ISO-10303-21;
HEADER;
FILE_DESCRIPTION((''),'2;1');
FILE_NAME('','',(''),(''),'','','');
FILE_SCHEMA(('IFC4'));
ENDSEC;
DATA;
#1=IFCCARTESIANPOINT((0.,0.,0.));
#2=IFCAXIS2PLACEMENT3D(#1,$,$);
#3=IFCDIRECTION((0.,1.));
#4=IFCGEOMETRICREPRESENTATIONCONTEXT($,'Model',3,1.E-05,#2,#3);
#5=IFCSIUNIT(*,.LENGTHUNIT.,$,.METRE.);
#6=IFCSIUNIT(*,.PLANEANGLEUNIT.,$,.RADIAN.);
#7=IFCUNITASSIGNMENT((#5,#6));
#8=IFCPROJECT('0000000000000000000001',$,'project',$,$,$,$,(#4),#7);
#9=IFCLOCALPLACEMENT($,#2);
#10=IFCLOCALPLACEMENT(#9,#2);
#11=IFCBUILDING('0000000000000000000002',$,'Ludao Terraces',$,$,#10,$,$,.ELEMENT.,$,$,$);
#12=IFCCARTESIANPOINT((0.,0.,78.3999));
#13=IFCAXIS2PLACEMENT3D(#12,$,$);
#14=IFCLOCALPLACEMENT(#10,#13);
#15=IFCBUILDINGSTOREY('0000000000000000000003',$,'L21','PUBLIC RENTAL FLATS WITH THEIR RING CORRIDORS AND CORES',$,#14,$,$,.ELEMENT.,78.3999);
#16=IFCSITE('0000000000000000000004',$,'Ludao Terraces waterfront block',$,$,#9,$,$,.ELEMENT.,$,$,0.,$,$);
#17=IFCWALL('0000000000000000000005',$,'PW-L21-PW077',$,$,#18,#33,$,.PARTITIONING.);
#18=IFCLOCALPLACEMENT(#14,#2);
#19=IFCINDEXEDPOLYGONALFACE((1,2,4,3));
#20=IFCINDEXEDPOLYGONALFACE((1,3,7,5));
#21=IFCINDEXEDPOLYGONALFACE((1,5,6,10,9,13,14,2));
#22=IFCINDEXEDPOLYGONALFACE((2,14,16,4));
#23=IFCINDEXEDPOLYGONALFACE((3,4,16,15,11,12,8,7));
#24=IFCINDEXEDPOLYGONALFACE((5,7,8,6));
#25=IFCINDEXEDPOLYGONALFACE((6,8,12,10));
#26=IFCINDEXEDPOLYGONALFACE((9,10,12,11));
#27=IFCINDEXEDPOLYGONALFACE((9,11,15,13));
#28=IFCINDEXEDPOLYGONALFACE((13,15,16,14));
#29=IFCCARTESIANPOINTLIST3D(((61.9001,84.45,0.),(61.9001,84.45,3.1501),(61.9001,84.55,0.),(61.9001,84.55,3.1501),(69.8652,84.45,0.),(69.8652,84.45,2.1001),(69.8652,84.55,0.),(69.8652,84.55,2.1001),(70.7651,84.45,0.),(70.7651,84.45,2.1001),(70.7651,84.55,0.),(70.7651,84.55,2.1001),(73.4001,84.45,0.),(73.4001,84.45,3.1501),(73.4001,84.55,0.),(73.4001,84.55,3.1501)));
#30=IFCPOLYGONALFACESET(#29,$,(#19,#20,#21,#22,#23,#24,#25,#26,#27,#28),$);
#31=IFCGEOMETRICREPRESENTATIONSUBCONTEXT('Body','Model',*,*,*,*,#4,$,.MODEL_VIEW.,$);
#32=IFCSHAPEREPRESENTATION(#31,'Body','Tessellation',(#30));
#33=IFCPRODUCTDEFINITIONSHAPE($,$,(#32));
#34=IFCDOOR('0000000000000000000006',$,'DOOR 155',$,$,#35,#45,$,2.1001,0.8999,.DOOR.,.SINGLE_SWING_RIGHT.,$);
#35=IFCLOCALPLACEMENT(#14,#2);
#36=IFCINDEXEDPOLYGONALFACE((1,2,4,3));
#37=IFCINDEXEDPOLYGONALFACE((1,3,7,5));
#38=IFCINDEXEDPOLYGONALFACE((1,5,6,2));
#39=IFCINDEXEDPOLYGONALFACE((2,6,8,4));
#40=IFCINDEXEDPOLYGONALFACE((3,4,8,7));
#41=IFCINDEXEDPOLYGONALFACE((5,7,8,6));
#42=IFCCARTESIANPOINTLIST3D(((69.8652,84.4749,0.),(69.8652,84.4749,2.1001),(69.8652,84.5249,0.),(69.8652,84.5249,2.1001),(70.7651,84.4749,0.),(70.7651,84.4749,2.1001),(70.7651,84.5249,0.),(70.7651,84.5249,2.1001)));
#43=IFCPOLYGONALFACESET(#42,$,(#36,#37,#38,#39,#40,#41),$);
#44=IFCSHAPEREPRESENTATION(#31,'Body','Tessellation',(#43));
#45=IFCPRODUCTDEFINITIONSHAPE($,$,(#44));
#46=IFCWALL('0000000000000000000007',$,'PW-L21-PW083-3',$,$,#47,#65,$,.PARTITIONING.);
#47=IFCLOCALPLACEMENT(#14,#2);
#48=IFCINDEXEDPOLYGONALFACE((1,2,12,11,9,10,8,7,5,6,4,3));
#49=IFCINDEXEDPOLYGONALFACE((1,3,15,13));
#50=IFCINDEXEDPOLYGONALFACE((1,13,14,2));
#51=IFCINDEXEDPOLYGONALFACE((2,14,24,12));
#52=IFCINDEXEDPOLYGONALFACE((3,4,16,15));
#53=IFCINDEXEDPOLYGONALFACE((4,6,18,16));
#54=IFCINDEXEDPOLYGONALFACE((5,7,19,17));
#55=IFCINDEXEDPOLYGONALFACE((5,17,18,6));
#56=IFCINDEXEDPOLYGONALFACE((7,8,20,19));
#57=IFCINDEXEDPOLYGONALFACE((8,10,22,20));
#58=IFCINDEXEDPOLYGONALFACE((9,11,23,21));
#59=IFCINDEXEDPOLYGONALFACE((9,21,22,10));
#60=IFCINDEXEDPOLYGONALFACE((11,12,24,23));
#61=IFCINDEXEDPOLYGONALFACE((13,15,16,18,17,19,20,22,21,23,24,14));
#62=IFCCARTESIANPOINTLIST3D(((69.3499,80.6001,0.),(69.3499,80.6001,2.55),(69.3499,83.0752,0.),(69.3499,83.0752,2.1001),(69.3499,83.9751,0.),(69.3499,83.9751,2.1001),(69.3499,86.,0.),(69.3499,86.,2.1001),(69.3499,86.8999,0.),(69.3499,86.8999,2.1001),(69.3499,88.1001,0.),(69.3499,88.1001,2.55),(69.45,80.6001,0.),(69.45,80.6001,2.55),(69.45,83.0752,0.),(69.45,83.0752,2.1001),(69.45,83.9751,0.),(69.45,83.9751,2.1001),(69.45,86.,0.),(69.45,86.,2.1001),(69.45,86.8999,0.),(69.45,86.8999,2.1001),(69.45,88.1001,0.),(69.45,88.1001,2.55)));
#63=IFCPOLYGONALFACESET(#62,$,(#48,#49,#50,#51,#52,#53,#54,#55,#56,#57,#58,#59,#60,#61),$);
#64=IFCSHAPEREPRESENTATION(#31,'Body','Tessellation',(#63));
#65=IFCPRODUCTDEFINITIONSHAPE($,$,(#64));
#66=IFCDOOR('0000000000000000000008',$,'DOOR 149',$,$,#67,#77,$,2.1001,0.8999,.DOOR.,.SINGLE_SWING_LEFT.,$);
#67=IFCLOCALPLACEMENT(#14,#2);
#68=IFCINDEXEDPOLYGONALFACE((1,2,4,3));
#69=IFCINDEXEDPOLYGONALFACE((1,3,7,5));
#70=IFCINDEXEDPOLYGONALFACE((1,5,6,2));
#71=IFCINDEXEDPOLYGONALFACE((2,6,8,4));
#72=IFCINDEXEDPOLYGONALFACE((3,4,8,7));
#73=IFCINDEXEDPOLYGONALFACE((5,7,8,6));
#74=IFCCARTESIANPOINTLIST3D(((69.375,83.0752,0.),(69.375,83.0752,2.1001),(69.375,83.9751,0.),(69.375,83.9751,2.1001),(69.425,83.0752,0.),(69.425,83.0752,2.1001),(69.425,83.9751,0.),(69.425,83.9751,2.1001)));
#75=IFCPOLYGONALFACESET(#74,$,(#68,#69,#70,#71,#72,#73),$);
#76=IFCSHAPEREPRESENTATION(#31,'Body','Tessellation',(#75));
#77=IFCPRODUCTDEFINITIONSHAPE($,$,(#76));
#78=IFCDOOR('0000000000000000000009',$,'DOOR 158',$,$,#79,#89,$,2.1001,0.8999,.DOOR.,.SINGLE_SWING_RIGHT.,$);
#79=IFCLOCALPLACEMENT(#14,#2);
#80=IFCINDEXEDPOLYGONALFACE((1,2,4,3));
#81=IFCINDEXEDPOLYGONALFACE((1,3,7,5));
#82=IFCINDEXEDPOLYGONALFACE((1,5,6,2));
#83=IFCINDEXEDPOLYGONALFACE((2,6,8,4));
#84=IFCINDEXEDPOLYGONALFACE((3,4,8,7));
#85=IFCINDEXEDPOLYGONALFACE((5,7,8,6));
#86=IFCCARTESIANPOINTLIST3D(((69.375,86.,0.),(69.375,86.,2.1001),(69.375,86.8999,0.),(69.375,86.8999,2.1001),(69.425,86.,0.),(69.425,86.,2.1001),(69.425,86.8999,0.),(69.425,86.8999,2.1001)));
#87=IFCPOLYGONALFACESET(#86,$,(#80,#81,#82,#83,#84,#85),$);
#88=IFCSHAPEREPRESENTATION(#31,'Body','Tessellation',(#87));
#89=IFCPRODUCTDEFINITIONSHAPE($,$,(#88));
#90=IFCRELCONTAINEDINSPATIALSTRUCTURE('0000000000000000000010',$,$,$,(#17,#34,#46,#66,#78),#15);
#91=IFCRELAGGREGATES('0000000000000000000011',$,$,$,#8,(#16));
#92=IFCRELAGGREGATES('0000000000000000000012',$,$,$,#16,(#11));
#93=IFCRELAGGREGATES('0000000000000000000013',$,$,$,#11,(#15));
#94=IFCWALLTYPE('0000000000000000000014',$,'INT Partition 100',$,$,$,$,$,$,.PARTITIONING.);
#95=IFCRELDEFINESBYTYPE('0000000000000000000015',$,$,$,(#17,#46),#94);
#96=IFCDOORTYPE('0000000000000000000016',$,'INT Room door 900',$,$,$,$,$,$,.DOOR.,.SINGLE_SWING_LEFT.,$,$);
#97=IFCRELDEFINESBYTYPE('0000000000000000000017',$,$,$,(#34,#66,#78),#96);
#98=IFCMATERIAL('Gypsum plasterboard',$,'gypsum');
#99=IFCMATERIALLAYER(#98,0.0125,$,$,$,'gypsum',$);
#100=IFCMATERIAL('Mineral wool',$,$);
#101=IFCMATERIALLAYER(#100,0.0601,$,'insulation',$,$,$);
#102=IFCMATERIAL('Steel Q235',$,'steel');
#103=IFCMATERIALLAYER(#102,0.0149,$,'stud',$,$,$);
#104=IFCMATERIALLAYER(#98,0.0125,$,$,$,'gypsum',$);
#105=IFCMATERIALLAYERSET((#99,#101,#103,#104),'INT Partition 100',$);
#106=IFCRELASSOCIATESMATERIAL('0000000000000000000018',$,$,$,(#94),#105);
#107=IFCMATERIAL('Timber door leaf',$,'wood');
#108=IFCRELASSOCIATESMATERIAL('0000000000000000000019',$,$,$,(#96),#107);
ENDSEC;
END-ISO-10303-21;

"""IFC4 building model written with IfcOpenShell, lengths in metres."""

from ifc_helpers import new_model, si_unit, direction, frame, frame_2d, origin, place, context, subcontext, project, spatial, rectangle, extrude, material, layer, layer_set, type_object, element, fill, save


model = new_model("IFC4")

# Units and contexts
model_context = context("Model", 3, precision=1e-05, world=origin(), true_north=direction((0.0, 1.0)))
body_context = subcontext(model_context, "Body", "Model", "MODEL_VIEW")
ifc_project = project(units=[si_unit("LENGTHUNIT", "METRE"), si_unit("PLANEANGLEUNIT", "RADIAN")], contexts=[model_context])

# Site, building, storey
site_placement = place(None, origin())
site = spatial("IfcSite", under=ifc_project, at=site_placement, Name="Ludao Terraces waterfront block", CompositionType="ELEMENT", RefElevation=0.0)
building_placement = place(site_placement, origin())
building = spatial("IfcBuilding", under=site, at=building_placement, Name="Ludao Terraces", CompositionType="ELEMENT")
storey_placement = place(building_placement, frame((0.0, 0.0, 78.3999)))
storey = spatial("IfcBuildingStorey", under=building, at=storey_placement, Name="L21", Description="PUBLIC RENTAL FLATS WITH THEIR RING CORRIDORS AND CORES", CompositionType="ELEMENT", Elevation=78.3999)

# Shared definitions
ifc_material_1 = material(Name="Mineral wool")

# Shared definitions
ifc_material_2 = material(Name="Gypsum plasterboard", Category="gypsum")
ifc_layer_1 = layer(ifc_material_2, 0.0125, Category="gypsum")
ifc_layer_2 = layer(ifc_material_1, 0.0601, Name="insulation")
ifc_material_3 = material(Name="Steel Q235", Category="steel")
ifc_layer_3 = layer(ifc_material_3, 0.0149, Name="stud")
ifc_layer_4 = layer(ifc_material_2, 0.0125, Category="gypsum")
ifc_layer_set_1 = layer_set([ifc_layer_1, ifc_layer_2, ifc_layer_3, ifc_layer_4], Name="INT Partition 100")
wall_type_1 = type_object("IfcWallType", Name="INT Partition 100", PredefinedType="PARTITIONING", material=ifc_layer_set_1)

# Wall, opening, door
wall_1_placement = place(storey_placement, frame((61.9001, 84.5, 0.0), z_axis=(0.0, 0.0, 1.0), x_axis=(1.0, 0.0, 0.0)))
wall_1 = element("IfcWall", 1, at=wall_1_placement, inside=storey, type_object=wall_type_1, Name="PW-L21-PW077", PredefinedType="PARTITIONING", context=body_context, shape_type="SweptSolid", body=[
    extrude(rectangle(XDim=11.5, YDim=0.1001, at=frame_2d((5.75, 0.0))), origin(), (0.0, 0.0, 1.0), 3.1501),
])
opening_1_placement = place(wall_1_placement, frame((7.9651, 0.0, 0.0)))
opening_1 = element("IfcOpeningElement", 2, at=opening_1_placement, cuts=wall_1, PredefinedType="OPENING", context=body_context, shape_type="SweptSolid", body=[
    extrude(rectangle(XDim=0.8999, YDim=2.1001, at=frame_2d((0.45, 1.05))), frame((0.0, 0.0601, 0.0), z_axis=(0.0, -1.0, 0.0), x_axis=(1.0, 0.0, 0.0)), (0.0, 0.0, 1.0), 0.1201),
])
ifc_material_4 = material(Name="Timber door leaf", Category="wood")
door_type = type_object("IfcDoorType", Name="INT Room door 900", OperationType="SINGLE_SWING_LEFT", PredefinedType="DOOR", material=ifc_material_4)
door_1_placement = place(opening_1_placement, origin())
door_1 = element("IfcDoor", 3, at=door_1_placement, inside=storey, type_object=door_type, Name="DOOR 155", OperationType="SINGLE_SWING_RIGHT", OverallHeight=2.1001, OverallWidth=0.8999, PredefinedType="DOOR", context=body_context, shape_type="SweptSolid", body=[
    extrude(rectangle(XDim=0.8999, YDim=2.1001, at=frame_2d((0.45, 1.05))), frame((0.0, 0.0249, 0.0), z_axis=(0.0, -1.0, 0.0), x_axis=(1.0, 0.0, 0.0)), (0.0, 0.0, 1.0), 0.05),
])
fill(opening_1, door_1)

# Wall, openings, doors
wall_2_placement = place(storey_placement, frame((69.3999, 80.6001, 0.0), z_axis=(0.0, 0.0, 1.0), x_axis=(0.0, 1.0, 0.0)))
wall_2 = element("IfcWall", 4, at=wall_2_placement, inside=storey, type_object=wall_type_1, Name="PW-L21-PW083-3", PredefinedType="PARTITIONING", context=body_context, shape_type="SweptSolid", body=[
    extrude(rectangle(XDim=7.5, YDim=0.1001, at=frame_2d((3.75, 0.0))), origin(), (0.0, 0.0, 1.0), 2.55),
])
opening_2_placement = place(wall_2_placement, frame((2.4751, 0.0, 0.0)))
opening_2 = element("IfcOpeningElement", 5, at=opening_2_placement, cuts=wall_2, PredefinedType="OPENING", context=body_context, shape_type="SweptSolid", body=[
    extrude(rectangle(XDim=0.8999, YDim=2.1001, at=frame_2d((0.45, 1.05))), frame((0.0, 0.0601, 0.0), z_axis=(0.0, -1.0, 0.0), x_axis=(1.0, 0.0, 0.0)), (0.0, 0.0, 1.0), 0.1201),
])
opening_3_placement = place(wall_2_placement, frame((5.3999, 0.0, 0.0)))
opening_3 = element("IfcOpeningElement", 6, at=opening_3_placement, cuts=wall_2, PredefinedType="OPENING", context=body_context, shape_type="SweptSolid", body=[
    extrude(rectangle(XDim=0.8999, YDim=2.1001, at=frame_2d((0.45, 1.05))), frame((0.0, 0.0601, 0.0), z_axis=(0.0, -1.0, 0.0), x_axis=(1.0, 0.0, 0.0)), (0.0, 0.0, 1.0), 0.1201),
])
door_2_placement = place(opening_2_placement, origin())
door_2 = element("IfcDoor", 7, at=door_2_placement, inside=storey, type_object=door_type, Name="DOOR 149", OperationType="SINGLE_SWING_LEFT", OverallHeight=2.1001, OverallWidth=0.8999, PredefinedType="DOOR", context=body_context, shape_type="SweptSolid", body=[
    extrude(rectangle(XDim=0.8999, YDim=2.1001, at=frame_2d((0.45, 1.05))), frame((0.0, 0.0249, 0.0), z_axis=(0.0, -1.0, 0.0), x_axis=(1.0, 0.0, 0.0)), (0.0, 0.0, 1.0), 0.05),
])
fill(opening_2, door_2)
door_3_placement = place(opening_3_placement, origin())
door_3 = element("IfcDoor", 8, at=door_3_placement, inside=storey, type_object=door_type, Name="DOOR 158", OperationType="SINGLE_SWING_RIGHT", OverallHeight=2.1001, OverallWidth=0.8999, PredefinedType="DOOR", context=body_context, shape_type="SweptSolid", body=[
    extrude(rectangle(XDim=0.8999, YDim=2.1001, at=frame_2d((0.45, 1.05))), frame((0.0, 0.0249, 0.0), z_axis=(0.0, -1.0, 0.0), x_axis=(1.0, 0.0, 0.0)), (0.0, 0.0, 1.0), 0.05),
])
fill(opening_3, door_3)

save(model, "model.ifc")
